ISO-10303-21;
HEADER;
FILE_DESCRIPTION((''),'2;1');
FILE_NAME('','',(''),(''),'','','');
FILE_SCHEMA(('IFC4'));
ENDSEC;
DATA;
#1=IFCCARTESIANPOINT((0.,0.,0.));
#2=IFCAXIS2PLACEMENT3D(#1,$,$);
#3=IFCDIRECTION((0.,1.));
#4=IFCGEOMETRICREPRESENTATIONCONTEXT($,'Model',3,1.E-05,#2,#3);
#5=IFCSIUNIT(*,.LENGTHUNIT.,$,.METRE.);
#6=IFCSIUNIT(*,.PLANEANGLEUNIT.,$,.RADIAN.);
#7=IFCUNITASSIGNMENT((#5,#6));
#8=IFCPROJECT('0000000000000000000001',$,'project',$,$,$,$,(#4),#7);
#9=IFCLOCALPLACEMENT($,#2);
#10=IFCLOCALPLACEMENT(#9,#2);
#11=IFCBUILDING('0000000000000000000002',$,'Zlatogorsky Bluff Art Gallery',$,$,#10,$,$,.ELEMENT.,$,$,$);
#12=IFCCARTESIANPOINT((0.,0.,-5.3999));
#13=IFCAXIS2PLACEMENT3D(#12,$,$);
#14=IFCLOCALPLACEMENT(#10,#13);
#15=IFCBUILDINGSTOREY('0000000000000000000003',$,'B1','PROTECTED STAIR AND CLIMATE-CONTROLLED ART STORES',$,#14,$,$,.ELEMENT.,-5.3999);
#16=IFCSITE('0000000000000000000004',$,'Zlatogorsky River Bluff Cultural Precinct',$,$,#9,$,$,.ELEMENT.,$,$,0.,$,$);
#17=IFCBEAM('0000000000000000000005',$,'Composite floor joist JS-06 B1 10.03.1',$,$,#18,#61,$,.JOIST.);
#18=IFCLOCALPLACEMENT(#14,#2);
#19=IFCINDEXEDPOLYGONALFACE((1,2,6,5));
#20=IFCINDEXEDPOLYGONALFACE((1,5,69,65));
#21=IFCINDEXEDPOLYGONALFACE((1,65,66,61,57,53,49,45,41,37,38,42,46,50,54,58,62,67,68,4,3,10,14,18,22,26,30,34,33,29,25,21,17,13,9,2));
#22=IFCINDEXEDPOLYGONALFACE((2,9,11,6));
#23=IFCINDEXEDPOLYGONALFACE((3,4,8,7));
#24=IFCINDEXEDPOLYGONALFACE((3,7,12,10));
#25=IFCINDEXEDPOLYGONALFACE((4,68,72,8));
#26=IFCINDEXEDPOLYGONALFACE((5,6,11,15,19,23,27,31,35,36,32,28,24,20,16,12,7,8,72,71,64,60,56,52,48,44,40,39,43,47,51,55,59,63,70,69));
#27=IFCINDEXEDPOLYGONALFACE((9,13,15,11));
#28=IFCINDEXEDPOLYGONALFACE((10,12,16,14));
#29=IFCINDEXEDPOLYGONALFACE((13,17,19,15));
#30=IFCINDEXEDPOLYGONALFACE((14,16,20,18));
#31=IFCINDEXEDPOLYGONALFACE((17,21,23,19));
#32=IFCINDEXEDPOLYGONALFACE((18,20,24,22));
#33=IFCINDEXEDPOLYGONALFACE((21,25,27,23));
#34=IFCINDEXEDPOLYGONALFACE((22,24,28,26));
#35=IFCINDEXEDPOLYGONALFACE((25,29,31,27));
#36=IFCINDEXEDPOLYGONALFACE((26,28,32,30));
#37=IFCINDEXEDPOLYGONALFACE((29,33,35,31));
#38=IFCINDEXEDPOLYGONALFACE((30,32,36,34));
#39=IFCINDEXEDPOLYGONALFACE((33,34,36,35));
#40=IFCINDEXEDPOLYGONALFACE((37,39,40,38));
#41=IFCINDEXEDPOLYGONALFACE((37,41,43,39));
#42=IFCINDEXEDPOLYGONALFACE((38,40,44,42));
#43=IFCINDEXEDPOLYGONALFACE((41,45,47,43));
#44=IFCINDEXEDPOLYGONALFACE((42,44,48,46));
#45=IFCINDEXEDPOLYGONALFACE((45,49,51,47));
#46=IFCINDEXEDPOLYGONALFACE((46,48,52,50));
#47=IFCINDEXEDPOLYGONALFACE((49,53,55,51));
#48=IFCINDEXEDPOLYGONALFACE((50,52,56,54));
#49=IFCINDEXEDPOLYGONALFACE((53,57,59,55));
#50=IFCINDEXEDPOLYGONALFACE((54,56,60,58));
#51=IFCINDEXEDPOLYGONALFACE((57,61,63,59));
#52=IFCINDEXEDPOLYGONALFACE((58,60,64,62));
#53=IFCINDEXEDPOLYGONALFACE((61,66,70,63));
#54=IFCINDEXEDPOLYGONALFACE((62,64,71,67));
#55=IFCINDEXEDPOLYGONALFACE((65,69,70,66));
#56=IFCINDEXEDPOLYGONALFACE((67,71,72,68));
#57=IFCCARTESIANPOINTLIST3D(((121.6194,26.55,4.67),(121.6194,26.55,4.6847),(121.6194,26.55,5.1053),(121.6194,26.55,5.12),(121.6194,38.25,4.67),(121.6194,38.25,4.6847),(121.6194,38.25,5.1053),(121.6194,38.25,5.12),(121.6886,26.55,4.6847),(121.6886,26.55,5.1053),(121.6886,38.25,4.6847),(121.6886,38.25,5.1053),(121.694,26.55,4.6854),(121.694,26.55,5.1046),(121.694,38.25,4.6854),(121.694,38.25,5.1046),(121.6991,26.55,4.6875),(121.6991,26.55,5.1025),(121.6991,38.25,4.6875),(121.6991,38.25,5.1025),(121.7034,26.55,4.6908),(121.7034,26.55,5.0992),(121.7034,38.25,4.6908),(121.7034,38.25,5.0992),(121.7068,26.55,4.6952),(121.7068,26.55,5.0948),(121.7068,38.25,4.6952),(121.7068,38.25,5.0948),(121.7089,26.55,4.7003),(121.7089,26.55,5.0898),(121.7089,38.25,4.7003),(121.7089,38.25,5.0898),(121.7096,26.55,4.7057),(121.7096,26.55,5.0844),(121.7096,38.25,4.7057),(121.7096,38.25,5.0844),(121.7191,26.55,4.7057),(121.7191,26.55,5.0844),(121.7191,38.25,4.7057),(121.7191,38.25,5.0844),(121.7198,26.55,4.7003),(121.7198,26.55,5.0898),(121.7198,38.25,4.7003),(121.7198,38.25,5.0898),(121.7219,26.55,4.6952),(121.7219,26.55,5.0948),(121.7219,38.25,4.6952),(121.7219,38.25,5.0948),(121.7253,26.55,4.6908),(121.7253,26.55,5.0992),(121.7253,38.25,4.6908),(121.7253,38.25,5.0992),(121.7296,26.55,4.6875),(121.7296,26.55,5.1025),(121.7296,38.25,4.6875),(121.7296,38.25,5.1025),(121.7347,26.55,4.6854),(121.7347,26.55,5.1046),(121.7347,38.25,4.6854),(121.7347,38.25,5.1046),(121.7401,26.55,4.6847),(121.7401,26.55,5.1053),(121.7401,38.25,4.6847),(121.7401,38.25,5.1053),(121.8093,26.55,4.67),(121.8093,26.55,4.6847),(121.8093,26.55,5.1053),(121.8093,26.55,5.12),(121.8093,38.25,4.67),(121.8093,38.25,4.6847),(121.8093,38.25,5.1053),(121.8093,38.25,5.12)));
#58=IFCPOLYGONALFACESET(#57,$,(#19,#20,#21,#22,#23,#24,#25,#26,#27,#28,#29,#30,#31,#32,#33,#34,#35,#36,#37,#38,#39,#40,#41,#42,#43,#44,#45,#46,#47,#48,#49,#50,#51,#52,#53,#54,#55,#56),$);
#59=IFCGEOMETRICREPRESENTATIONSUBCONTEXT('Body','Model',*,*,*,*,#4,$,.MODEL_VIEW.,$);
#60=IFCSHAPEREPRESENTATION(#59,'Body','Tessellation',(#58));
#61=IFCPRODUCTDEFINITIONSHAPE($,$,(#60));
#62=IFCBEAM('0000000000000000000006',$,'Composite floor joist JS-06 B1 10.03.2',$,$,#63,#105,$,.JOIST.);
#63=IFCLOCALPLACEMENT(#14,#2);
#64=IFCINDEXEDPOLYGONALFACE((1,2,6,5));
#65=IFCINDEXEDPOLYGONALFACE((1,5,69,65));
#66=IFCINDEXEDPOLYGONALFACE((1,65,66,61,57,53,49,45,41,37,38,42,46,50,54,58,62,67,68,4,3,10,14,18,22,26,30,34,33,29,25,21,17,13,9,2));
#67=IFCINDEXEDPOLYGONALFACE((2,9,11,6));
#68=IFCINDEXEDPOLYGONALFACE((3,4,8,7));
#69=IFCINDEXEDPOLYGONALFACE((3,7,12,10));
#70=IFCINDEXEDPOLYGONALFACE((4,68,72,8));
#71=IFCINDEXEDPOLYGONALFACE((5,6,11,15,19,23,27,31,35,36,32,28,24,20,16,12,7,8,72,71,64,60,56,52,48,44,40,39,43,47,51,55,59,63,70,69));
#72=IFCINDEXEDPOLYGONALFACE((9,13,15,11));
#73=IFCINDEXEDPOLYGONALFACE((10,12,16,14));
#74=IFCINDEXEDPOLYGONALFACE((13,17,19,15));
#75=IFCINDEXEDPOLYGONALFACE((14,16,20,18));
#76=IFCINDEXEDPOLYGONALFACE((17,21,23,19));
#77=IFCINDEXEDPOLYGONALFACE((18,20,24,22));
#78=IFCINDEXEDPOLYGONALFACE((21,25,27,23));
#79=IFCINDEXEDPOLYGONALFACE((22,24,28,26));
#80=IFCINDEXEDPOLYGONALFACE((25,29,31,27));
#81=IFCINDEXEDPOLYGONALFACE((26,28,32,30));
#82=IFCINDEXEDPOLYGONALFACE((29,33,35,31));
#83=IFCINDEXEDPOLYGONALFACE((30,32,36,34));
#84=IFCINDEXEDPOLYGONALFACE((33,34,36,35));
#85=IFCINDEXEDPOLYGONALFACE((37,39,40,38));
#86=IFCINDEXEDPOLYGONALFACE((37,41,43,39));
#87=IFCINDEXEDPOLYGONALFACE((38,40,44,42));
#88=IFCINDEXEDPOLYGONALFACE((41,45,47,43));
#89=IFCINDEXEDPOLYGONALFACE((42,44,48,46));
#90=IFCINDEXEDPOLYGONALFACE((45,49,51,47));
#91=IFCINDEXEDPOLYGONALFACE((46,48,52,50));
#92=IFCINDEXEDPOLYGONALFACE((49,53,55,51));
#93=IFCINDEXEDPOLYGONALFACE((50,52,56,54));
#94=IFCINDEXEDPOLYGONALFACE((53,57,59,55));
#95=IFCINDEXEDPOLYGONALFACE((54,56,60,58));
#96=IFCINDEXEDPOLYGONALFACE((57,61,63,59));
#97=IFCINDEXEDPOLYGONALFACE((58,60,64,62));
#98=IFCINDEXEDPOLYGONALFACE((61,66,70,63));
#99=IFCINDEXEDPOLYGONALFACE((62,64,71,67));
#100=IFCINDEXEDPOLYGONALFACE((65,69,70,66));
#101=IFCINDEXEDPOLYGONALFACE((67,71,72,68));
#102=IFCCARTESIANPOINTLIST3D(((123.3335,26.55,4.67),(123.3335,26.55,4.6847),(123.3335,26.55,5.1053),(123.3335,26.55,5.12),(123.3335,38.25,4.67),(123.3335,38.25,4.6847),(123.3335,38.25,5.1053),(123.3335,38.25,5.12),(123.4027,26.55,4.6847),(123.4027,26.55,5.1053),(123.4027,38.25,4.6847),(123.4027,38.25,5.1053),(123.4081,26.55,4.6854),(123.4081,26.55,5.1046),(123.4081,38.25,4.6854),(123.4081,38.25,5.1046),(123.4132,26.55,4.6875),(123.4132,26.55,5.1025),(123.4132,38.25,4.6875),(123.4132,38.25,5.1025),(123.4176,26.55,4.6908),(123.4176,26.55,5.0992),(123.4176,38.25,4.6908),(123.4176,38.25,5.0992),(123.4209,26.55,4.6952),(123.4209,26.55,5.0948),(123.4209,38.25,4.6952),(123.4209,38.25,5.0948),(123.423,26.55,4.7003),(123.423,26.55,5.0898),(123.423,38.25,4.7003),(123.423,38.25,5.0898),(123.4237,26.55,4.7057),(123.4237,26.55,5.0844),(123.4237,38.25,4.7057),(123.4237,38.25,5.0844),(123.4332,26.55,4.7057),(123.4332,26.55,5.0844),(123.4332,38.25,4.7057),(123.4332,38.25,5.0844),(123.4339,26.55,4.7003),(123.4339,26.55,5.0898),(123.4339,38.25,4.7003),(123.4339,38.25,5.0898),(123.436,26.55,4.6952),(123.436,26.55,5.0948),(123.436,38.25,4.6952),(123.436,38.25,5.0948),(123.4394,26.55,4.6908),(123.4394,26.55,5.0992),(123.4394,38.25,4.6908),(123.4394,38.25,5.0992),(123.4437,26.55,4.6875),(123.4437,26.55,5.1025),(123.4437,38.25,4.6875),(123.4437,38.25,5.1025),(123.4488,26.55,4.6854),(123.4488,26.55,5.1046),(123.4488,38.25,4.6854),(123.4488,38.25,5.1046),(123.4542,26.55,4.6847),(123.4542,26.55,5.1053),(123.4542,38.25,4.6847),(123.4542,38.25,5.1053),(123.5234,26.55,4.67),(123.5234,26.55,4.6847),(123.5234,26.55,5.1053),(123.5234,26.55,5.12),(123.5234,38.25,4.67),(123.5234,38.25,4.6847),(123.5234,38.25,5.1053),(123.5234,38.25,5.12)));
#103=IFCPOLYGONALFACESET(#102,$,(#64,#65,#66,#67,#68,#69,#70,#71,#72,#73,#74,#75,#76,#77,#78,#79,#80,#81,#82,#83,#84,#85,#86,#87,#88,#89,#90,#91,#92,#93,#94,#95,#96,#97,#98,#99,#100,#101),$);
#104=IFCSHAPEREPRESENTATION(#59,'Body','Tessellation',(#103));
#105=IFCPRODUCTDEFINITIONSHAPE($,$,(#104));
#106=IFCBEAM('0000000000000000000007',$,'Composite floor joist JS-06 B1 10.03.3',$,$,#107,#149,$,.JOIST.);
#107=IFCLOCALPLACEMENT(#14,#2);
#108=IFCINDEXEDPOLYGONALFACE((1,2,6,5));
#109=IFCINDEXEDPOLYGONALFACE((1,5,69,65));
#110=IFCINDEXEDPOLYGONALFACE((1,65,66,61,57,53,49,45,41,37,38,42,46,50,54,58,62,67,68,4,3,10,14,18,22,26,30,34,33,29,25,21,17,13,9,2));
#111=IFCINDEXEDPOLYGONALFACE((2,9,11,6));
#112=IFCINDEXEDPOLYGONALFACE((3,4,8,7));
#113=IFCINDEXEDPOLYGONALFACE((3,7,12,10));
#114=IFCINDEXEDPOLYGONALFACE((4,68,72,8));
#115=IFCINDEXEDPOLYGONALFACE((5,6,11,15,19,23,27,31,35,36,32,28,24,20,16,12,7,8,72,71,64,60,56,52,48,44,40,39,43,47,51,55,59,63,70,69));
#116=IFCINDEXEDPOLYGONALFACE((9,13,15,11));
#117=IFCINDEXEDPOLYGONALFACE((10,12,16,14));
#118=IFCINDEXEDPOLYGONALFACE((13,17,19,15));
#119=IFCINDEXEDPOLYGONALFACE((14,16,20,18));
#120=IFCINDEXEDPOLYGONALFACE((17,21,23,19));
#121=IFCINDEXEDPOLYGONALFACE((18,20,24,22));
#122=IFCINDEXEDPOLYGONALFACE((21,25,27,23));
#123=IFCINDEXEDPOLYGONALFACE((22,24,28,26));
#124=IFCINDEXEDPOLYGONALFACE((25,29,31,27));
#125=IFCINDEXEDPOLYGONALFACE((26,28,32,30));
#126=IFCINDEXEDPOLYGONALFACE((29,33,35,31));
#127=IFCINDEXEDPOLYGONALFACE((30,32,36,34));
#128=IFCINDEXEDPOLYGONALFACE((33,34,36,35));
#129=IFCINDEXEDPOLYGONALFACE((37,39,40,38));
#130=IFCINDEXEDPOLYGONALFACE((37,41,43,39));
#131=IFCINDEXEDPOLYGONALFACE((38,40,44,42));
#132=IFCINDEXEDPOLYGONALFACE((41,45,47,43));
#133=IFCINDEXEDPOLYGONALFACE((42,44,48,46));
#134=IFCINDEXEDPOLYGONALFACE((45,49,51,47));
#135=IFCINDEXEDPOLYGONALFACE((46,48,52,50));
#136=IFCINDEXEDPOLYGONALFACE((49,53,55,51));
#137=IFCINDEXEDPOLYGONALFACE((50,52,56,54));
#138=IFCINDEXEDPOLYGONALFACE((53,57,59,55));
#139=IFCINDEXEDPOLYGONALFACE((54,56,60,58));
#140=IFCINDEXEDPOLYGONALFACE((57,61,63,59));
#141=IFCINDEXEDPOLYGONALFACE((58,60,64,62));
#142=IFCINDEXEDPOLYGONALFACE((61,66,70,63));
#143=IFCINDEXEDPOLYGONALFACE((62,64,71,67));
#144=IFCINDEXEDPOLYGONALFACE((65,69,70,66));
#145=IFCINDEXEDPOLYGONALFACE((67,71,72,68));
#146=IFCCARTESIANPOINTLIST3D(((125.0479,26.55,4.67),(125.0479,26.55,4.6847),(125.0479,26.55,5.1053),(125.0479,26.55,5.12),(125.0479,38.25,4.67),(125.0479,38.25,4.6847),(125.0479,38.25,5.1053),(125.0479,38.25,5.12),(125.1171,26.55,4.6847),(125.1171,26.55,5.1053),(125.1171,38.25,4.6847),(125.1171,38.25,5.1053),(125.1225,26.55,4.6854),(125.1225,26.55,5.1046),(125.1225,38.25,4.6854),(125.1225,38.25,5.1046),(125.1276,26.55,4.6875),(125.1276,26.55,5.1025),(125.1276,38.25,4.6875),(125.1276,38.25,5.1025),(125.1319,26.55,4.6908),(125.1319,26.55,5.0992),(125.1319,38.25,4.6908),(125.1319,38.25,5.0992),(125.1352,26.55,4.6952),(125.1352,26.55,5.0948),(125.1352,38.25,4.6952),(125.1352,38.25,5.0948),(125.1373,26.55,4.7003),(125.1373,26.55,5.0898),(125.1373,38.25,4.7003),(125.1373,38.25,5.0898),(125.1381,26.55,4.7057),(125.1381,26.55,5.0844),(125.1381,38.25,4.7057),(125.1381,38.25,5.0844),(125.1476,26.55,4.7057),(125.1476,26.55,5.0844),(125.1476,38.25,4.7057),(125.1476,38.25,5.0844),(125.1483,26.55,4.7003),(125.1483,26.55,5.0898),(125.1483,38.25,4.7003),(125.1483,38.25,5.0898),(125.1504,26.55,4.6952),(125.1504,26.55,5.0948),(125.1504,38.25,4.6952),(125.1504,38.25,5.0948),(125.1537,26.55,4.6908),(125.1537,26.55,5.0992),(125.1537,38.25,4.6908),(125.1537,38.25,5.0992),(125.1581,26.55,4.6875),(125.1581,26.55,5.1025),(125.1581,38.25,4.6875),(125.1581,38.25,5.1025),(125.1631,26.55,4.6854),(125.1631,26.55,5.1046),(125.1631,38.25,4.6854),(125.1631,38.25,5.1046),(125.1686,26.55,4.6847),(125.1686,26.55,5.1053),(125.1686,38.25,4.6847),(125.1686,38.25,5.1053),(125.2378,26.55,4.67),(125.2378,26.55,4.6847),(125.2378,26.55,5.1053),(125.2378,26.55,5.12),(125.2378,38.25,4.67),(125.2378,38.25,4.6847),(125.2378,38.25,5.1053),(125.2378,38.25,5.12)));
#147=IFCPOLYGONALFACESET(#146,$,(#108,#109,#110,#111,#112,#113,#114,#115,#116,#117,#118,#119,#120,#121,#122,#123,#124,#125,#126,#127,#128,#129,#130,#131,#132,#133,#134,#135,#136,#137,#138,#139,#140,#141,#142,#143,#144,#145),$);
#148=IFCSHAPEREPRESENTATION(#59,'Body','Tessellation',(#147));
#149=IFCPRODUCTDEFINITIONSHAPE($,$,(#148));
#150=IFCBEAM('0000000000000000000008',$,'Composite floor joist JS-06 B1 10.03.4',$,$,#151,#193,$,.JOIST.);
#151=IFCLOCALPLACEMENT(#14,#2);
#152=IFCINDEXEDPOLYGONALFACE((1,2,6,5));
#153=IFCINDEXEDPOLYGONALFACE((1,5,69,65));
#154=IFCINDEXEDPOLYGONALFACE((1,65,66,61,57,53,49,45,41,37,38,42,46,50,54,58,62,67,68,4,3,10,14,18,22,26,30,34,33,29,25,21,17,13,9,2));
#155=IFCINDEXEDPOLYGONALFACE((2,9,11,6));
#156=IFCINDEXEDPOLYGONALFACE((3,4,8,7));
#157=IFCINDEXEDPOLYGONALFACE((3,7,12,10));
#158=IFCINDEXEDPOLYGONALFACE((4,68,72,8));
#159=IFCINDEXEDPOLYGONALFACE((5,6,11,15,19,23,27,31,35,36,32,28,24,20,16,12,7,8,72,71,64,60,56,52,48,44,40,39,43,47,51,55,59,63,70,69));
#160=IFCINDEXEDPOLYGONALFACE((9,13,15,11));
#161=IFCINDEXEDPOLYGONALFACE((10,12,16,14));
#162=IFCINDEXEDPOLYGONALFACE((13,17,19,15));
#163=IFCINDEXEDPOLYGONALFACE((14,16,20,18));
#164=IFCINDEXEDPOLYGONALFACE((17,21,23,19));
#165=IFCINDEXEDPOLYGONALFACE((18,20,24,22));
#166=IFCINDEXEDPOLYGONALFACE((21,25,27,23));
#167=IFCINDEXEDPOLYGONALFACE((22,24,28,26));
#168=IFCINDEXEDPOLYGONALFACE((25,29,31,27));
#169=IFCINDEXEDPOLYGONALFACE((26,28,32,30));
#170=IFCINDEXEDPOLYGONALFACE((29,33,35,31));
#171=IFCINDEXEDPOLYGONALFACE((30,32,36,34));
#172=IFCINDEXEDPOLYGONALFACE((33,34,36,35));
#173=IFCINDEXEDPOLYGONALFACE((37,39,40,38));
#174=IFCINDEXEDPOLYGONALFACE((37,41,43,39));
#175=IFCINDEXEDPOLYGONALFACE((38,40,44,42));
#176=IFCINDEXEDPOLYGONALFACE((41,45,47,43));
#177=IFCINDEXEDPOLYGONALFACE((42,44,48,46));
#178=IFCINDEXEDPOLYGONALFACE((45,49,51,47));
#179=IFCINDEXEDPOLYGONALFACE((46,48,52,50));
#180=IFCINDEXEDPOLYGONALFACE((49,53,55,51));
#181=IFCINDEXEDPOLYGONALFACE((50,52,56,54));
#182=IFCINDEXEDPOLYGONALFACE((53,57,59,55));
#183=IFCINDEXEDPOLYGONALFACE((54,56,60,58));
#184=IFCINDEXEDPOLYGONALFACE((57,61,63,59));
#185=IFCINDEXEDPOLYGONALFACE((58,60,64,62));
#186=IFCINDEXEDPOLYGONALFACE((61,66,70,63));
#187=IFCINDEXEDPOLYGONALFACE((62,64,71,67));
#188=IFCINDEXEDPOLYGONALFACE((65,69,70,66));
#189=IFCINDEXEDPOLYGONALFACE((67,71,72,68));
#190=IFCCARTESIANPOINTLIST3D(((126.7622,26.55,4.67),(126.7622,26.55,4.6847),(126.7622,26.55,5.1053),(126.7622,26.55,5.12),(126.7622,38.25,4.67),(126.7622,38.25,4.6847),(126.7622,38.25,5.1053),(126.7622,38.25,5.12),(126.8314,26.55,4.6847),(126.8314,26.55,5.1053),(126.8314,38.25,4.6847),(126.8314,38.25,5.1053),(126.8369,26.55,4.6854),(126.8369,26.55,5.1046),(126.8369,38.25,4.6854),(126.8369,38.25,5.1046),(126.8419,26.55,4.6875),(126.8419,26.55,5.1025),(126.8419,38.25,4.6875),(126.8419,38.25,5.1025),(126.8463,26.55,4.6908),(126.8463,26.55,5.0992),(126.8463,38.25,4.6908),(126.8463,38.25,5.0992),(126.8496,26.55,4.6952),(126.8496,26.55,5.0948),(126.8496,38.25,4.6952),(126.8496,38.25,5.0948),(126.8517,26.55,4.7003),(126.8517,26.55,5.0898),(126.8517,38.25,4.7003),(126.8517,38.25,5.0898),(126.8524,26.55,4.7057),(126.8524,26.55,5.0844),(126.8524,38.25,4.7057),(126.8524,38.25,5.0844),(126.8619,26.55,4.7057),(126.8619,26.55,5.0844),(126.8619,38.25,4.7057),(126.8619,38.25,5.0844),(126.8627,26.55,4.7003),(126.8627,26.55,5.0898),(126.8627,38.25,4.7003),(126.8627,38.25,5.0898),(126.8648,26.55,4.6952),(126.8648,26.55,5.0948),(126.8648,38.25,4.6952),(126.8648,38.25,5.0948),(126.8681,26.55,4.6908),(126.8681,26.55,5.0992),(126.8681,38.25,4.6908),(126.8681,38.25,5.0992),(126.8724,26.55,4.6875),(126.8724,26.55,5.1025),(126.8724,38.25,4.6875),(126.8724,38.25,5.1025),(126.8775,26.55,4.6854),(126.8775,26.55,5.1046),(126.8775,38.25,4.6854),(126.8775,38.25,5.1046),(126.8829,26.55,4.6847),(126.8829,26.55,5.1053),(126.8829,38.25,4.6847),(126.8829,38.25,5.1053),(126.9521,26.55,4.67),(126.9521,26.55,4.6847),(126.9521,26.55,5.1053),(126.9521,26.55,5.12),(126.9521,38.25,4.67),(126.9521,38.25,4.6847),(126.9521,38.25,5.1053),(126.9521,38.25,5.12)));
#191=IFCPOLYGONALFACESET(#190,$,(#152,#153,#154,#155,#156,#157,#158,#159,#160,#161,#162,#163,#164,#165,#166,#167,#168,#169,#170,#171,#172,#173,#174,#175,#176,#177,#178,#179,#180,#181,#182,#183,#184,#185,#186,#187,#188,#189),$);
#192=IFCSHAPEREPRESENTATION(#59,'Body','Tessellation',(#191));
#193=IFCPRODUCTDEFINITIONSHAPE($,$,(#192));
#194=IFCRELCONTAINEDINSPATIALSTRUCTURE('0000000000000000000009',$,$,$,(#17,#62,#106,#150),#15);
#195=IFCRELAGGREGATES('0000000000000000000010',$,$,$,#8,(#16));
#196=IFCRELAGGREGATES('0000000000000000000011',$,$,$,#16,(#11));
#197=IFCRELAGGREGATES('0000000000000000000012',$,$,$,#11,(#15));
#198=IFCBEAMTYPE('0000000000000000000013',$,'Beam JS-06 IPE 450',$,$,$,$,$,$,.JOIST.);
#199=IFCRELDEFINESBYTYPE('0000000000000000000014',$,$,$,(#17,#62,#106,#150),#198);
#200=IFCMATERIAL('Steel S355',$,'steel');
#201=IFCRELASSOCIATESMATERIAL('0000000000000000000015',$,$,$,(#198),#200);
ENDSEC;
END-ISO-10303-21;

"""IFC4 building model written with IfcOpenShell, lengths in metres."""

from ifc_helpers import new_model, si_unit, direction, frame, origin, origin_2d, place, context, subcontext, project, spatial, i_section, extrude, material, material_profile, profile_set, type_object, element, save


model = new_model("IFC4")

# Units and contexts
model_context = context("Model", 3, precision=1e-05, world=origin(), true_north=direction((0.0, 1.0)))
body_context = subcontext(model_context, "Body", "Model", "MODEL_VIEW")
ifc_project = project(units=[si_unit("LENGTHUNIT", "METRE"), si_unit("PLANEANGLEUNIT", "RADIAN")], contexts=[model_context])

# Site, building, storey
site_placement = place(None, origin())
site = spatial("IfcSite", under=ifc_project, at=site_placement, Name="Zlatogorsky River Bluff Cultural Precinct", CompositionType="ELEMENT", RefElevation=0.0)
building_placement = place(site_placement, origin())
building = spatial("IfcBuilding", under=site, at=building_placement, Name="Zlatogorsky Bluff Art Gallery", CompositionType="ELEMENT")
storey_placement = place(building_placement, frame((0.0, 0.0, -5.3999)))
storey = spatial("IfcBuildingStorey", under=building, at=storey_placement, Name="B1", Description="PROTECTED STAIR AND CLIMATE-CONTROLLED ART STORES", CompositionType="ELEMENT", Elevation=-5.3999)

# Beams
ifc_material_1 = material(Name="Steel S355", Category="steel")
ifc_material_profile_1 = material_profile(ifc_material_1, i_section(OverallWidth=0.1899, OverallDepth=0.45, WebThickness=0.0095, FlangeThickness=0.0146, FilletRadius=0.021, at=origin_2d()), Name="IPE 450")
ifc_profile_set_1 = profile_set([ifc_material_profile_1], Name="Steel S355")
beam_type_1 = type_object("IfcBeamType", Name="Beam JS-06 IPE 450", PredefinedType="JOIST", material=ifc_profile_set_1)
for number, where, z_axis, x_axis, name in (
    (1, (121.7144, 26.55, 4.895), (0.0, 1.0, 0.0), (-1.0, 0.0, 0.0), "Composite floor joist JS-06 B1 10.03.1"),
    (2, (123.4285, 26.55, 4.895), (0.0, 1.0, 0.0), (-1.0, 0.0, 0.0), "Composite floor joist JS-06 B1 10.03.2"),
    (3, (125.1428, 26.55, 4.895), (0.0, 1.0, 0.0), (-1.0, 0.0, 0.0), "Composite floor joist JS-06 B1 10.03.3"),
    (4, (126.8572, 26.55, 4.895), (0.0, 1.0, 0.0), (-1.0, 0.0, 0.0), "Composite floor joist JS-06 B1 10.03.4"),
):
    element("IfcBeam", number, at=place(storey_placement, frame(where, z_axis=z_axis, x_axis=x_axis)), inside=storey, type_object=beam_type_1, Name=name, PredefinedType="JOIST", context=body_context, shape_type="SweptSolid", body=[
        extrude(i_section(OverallWidth=0.1899, OverallDepth=0.45, WebThickness=0.0095, FlangeThickness=0.0146, FilletRadius=0.021, at=origin_2d()), origin(), (0.0, 0.0, 1.0), 11.7),
    ])

save(model, "model.ifc")
